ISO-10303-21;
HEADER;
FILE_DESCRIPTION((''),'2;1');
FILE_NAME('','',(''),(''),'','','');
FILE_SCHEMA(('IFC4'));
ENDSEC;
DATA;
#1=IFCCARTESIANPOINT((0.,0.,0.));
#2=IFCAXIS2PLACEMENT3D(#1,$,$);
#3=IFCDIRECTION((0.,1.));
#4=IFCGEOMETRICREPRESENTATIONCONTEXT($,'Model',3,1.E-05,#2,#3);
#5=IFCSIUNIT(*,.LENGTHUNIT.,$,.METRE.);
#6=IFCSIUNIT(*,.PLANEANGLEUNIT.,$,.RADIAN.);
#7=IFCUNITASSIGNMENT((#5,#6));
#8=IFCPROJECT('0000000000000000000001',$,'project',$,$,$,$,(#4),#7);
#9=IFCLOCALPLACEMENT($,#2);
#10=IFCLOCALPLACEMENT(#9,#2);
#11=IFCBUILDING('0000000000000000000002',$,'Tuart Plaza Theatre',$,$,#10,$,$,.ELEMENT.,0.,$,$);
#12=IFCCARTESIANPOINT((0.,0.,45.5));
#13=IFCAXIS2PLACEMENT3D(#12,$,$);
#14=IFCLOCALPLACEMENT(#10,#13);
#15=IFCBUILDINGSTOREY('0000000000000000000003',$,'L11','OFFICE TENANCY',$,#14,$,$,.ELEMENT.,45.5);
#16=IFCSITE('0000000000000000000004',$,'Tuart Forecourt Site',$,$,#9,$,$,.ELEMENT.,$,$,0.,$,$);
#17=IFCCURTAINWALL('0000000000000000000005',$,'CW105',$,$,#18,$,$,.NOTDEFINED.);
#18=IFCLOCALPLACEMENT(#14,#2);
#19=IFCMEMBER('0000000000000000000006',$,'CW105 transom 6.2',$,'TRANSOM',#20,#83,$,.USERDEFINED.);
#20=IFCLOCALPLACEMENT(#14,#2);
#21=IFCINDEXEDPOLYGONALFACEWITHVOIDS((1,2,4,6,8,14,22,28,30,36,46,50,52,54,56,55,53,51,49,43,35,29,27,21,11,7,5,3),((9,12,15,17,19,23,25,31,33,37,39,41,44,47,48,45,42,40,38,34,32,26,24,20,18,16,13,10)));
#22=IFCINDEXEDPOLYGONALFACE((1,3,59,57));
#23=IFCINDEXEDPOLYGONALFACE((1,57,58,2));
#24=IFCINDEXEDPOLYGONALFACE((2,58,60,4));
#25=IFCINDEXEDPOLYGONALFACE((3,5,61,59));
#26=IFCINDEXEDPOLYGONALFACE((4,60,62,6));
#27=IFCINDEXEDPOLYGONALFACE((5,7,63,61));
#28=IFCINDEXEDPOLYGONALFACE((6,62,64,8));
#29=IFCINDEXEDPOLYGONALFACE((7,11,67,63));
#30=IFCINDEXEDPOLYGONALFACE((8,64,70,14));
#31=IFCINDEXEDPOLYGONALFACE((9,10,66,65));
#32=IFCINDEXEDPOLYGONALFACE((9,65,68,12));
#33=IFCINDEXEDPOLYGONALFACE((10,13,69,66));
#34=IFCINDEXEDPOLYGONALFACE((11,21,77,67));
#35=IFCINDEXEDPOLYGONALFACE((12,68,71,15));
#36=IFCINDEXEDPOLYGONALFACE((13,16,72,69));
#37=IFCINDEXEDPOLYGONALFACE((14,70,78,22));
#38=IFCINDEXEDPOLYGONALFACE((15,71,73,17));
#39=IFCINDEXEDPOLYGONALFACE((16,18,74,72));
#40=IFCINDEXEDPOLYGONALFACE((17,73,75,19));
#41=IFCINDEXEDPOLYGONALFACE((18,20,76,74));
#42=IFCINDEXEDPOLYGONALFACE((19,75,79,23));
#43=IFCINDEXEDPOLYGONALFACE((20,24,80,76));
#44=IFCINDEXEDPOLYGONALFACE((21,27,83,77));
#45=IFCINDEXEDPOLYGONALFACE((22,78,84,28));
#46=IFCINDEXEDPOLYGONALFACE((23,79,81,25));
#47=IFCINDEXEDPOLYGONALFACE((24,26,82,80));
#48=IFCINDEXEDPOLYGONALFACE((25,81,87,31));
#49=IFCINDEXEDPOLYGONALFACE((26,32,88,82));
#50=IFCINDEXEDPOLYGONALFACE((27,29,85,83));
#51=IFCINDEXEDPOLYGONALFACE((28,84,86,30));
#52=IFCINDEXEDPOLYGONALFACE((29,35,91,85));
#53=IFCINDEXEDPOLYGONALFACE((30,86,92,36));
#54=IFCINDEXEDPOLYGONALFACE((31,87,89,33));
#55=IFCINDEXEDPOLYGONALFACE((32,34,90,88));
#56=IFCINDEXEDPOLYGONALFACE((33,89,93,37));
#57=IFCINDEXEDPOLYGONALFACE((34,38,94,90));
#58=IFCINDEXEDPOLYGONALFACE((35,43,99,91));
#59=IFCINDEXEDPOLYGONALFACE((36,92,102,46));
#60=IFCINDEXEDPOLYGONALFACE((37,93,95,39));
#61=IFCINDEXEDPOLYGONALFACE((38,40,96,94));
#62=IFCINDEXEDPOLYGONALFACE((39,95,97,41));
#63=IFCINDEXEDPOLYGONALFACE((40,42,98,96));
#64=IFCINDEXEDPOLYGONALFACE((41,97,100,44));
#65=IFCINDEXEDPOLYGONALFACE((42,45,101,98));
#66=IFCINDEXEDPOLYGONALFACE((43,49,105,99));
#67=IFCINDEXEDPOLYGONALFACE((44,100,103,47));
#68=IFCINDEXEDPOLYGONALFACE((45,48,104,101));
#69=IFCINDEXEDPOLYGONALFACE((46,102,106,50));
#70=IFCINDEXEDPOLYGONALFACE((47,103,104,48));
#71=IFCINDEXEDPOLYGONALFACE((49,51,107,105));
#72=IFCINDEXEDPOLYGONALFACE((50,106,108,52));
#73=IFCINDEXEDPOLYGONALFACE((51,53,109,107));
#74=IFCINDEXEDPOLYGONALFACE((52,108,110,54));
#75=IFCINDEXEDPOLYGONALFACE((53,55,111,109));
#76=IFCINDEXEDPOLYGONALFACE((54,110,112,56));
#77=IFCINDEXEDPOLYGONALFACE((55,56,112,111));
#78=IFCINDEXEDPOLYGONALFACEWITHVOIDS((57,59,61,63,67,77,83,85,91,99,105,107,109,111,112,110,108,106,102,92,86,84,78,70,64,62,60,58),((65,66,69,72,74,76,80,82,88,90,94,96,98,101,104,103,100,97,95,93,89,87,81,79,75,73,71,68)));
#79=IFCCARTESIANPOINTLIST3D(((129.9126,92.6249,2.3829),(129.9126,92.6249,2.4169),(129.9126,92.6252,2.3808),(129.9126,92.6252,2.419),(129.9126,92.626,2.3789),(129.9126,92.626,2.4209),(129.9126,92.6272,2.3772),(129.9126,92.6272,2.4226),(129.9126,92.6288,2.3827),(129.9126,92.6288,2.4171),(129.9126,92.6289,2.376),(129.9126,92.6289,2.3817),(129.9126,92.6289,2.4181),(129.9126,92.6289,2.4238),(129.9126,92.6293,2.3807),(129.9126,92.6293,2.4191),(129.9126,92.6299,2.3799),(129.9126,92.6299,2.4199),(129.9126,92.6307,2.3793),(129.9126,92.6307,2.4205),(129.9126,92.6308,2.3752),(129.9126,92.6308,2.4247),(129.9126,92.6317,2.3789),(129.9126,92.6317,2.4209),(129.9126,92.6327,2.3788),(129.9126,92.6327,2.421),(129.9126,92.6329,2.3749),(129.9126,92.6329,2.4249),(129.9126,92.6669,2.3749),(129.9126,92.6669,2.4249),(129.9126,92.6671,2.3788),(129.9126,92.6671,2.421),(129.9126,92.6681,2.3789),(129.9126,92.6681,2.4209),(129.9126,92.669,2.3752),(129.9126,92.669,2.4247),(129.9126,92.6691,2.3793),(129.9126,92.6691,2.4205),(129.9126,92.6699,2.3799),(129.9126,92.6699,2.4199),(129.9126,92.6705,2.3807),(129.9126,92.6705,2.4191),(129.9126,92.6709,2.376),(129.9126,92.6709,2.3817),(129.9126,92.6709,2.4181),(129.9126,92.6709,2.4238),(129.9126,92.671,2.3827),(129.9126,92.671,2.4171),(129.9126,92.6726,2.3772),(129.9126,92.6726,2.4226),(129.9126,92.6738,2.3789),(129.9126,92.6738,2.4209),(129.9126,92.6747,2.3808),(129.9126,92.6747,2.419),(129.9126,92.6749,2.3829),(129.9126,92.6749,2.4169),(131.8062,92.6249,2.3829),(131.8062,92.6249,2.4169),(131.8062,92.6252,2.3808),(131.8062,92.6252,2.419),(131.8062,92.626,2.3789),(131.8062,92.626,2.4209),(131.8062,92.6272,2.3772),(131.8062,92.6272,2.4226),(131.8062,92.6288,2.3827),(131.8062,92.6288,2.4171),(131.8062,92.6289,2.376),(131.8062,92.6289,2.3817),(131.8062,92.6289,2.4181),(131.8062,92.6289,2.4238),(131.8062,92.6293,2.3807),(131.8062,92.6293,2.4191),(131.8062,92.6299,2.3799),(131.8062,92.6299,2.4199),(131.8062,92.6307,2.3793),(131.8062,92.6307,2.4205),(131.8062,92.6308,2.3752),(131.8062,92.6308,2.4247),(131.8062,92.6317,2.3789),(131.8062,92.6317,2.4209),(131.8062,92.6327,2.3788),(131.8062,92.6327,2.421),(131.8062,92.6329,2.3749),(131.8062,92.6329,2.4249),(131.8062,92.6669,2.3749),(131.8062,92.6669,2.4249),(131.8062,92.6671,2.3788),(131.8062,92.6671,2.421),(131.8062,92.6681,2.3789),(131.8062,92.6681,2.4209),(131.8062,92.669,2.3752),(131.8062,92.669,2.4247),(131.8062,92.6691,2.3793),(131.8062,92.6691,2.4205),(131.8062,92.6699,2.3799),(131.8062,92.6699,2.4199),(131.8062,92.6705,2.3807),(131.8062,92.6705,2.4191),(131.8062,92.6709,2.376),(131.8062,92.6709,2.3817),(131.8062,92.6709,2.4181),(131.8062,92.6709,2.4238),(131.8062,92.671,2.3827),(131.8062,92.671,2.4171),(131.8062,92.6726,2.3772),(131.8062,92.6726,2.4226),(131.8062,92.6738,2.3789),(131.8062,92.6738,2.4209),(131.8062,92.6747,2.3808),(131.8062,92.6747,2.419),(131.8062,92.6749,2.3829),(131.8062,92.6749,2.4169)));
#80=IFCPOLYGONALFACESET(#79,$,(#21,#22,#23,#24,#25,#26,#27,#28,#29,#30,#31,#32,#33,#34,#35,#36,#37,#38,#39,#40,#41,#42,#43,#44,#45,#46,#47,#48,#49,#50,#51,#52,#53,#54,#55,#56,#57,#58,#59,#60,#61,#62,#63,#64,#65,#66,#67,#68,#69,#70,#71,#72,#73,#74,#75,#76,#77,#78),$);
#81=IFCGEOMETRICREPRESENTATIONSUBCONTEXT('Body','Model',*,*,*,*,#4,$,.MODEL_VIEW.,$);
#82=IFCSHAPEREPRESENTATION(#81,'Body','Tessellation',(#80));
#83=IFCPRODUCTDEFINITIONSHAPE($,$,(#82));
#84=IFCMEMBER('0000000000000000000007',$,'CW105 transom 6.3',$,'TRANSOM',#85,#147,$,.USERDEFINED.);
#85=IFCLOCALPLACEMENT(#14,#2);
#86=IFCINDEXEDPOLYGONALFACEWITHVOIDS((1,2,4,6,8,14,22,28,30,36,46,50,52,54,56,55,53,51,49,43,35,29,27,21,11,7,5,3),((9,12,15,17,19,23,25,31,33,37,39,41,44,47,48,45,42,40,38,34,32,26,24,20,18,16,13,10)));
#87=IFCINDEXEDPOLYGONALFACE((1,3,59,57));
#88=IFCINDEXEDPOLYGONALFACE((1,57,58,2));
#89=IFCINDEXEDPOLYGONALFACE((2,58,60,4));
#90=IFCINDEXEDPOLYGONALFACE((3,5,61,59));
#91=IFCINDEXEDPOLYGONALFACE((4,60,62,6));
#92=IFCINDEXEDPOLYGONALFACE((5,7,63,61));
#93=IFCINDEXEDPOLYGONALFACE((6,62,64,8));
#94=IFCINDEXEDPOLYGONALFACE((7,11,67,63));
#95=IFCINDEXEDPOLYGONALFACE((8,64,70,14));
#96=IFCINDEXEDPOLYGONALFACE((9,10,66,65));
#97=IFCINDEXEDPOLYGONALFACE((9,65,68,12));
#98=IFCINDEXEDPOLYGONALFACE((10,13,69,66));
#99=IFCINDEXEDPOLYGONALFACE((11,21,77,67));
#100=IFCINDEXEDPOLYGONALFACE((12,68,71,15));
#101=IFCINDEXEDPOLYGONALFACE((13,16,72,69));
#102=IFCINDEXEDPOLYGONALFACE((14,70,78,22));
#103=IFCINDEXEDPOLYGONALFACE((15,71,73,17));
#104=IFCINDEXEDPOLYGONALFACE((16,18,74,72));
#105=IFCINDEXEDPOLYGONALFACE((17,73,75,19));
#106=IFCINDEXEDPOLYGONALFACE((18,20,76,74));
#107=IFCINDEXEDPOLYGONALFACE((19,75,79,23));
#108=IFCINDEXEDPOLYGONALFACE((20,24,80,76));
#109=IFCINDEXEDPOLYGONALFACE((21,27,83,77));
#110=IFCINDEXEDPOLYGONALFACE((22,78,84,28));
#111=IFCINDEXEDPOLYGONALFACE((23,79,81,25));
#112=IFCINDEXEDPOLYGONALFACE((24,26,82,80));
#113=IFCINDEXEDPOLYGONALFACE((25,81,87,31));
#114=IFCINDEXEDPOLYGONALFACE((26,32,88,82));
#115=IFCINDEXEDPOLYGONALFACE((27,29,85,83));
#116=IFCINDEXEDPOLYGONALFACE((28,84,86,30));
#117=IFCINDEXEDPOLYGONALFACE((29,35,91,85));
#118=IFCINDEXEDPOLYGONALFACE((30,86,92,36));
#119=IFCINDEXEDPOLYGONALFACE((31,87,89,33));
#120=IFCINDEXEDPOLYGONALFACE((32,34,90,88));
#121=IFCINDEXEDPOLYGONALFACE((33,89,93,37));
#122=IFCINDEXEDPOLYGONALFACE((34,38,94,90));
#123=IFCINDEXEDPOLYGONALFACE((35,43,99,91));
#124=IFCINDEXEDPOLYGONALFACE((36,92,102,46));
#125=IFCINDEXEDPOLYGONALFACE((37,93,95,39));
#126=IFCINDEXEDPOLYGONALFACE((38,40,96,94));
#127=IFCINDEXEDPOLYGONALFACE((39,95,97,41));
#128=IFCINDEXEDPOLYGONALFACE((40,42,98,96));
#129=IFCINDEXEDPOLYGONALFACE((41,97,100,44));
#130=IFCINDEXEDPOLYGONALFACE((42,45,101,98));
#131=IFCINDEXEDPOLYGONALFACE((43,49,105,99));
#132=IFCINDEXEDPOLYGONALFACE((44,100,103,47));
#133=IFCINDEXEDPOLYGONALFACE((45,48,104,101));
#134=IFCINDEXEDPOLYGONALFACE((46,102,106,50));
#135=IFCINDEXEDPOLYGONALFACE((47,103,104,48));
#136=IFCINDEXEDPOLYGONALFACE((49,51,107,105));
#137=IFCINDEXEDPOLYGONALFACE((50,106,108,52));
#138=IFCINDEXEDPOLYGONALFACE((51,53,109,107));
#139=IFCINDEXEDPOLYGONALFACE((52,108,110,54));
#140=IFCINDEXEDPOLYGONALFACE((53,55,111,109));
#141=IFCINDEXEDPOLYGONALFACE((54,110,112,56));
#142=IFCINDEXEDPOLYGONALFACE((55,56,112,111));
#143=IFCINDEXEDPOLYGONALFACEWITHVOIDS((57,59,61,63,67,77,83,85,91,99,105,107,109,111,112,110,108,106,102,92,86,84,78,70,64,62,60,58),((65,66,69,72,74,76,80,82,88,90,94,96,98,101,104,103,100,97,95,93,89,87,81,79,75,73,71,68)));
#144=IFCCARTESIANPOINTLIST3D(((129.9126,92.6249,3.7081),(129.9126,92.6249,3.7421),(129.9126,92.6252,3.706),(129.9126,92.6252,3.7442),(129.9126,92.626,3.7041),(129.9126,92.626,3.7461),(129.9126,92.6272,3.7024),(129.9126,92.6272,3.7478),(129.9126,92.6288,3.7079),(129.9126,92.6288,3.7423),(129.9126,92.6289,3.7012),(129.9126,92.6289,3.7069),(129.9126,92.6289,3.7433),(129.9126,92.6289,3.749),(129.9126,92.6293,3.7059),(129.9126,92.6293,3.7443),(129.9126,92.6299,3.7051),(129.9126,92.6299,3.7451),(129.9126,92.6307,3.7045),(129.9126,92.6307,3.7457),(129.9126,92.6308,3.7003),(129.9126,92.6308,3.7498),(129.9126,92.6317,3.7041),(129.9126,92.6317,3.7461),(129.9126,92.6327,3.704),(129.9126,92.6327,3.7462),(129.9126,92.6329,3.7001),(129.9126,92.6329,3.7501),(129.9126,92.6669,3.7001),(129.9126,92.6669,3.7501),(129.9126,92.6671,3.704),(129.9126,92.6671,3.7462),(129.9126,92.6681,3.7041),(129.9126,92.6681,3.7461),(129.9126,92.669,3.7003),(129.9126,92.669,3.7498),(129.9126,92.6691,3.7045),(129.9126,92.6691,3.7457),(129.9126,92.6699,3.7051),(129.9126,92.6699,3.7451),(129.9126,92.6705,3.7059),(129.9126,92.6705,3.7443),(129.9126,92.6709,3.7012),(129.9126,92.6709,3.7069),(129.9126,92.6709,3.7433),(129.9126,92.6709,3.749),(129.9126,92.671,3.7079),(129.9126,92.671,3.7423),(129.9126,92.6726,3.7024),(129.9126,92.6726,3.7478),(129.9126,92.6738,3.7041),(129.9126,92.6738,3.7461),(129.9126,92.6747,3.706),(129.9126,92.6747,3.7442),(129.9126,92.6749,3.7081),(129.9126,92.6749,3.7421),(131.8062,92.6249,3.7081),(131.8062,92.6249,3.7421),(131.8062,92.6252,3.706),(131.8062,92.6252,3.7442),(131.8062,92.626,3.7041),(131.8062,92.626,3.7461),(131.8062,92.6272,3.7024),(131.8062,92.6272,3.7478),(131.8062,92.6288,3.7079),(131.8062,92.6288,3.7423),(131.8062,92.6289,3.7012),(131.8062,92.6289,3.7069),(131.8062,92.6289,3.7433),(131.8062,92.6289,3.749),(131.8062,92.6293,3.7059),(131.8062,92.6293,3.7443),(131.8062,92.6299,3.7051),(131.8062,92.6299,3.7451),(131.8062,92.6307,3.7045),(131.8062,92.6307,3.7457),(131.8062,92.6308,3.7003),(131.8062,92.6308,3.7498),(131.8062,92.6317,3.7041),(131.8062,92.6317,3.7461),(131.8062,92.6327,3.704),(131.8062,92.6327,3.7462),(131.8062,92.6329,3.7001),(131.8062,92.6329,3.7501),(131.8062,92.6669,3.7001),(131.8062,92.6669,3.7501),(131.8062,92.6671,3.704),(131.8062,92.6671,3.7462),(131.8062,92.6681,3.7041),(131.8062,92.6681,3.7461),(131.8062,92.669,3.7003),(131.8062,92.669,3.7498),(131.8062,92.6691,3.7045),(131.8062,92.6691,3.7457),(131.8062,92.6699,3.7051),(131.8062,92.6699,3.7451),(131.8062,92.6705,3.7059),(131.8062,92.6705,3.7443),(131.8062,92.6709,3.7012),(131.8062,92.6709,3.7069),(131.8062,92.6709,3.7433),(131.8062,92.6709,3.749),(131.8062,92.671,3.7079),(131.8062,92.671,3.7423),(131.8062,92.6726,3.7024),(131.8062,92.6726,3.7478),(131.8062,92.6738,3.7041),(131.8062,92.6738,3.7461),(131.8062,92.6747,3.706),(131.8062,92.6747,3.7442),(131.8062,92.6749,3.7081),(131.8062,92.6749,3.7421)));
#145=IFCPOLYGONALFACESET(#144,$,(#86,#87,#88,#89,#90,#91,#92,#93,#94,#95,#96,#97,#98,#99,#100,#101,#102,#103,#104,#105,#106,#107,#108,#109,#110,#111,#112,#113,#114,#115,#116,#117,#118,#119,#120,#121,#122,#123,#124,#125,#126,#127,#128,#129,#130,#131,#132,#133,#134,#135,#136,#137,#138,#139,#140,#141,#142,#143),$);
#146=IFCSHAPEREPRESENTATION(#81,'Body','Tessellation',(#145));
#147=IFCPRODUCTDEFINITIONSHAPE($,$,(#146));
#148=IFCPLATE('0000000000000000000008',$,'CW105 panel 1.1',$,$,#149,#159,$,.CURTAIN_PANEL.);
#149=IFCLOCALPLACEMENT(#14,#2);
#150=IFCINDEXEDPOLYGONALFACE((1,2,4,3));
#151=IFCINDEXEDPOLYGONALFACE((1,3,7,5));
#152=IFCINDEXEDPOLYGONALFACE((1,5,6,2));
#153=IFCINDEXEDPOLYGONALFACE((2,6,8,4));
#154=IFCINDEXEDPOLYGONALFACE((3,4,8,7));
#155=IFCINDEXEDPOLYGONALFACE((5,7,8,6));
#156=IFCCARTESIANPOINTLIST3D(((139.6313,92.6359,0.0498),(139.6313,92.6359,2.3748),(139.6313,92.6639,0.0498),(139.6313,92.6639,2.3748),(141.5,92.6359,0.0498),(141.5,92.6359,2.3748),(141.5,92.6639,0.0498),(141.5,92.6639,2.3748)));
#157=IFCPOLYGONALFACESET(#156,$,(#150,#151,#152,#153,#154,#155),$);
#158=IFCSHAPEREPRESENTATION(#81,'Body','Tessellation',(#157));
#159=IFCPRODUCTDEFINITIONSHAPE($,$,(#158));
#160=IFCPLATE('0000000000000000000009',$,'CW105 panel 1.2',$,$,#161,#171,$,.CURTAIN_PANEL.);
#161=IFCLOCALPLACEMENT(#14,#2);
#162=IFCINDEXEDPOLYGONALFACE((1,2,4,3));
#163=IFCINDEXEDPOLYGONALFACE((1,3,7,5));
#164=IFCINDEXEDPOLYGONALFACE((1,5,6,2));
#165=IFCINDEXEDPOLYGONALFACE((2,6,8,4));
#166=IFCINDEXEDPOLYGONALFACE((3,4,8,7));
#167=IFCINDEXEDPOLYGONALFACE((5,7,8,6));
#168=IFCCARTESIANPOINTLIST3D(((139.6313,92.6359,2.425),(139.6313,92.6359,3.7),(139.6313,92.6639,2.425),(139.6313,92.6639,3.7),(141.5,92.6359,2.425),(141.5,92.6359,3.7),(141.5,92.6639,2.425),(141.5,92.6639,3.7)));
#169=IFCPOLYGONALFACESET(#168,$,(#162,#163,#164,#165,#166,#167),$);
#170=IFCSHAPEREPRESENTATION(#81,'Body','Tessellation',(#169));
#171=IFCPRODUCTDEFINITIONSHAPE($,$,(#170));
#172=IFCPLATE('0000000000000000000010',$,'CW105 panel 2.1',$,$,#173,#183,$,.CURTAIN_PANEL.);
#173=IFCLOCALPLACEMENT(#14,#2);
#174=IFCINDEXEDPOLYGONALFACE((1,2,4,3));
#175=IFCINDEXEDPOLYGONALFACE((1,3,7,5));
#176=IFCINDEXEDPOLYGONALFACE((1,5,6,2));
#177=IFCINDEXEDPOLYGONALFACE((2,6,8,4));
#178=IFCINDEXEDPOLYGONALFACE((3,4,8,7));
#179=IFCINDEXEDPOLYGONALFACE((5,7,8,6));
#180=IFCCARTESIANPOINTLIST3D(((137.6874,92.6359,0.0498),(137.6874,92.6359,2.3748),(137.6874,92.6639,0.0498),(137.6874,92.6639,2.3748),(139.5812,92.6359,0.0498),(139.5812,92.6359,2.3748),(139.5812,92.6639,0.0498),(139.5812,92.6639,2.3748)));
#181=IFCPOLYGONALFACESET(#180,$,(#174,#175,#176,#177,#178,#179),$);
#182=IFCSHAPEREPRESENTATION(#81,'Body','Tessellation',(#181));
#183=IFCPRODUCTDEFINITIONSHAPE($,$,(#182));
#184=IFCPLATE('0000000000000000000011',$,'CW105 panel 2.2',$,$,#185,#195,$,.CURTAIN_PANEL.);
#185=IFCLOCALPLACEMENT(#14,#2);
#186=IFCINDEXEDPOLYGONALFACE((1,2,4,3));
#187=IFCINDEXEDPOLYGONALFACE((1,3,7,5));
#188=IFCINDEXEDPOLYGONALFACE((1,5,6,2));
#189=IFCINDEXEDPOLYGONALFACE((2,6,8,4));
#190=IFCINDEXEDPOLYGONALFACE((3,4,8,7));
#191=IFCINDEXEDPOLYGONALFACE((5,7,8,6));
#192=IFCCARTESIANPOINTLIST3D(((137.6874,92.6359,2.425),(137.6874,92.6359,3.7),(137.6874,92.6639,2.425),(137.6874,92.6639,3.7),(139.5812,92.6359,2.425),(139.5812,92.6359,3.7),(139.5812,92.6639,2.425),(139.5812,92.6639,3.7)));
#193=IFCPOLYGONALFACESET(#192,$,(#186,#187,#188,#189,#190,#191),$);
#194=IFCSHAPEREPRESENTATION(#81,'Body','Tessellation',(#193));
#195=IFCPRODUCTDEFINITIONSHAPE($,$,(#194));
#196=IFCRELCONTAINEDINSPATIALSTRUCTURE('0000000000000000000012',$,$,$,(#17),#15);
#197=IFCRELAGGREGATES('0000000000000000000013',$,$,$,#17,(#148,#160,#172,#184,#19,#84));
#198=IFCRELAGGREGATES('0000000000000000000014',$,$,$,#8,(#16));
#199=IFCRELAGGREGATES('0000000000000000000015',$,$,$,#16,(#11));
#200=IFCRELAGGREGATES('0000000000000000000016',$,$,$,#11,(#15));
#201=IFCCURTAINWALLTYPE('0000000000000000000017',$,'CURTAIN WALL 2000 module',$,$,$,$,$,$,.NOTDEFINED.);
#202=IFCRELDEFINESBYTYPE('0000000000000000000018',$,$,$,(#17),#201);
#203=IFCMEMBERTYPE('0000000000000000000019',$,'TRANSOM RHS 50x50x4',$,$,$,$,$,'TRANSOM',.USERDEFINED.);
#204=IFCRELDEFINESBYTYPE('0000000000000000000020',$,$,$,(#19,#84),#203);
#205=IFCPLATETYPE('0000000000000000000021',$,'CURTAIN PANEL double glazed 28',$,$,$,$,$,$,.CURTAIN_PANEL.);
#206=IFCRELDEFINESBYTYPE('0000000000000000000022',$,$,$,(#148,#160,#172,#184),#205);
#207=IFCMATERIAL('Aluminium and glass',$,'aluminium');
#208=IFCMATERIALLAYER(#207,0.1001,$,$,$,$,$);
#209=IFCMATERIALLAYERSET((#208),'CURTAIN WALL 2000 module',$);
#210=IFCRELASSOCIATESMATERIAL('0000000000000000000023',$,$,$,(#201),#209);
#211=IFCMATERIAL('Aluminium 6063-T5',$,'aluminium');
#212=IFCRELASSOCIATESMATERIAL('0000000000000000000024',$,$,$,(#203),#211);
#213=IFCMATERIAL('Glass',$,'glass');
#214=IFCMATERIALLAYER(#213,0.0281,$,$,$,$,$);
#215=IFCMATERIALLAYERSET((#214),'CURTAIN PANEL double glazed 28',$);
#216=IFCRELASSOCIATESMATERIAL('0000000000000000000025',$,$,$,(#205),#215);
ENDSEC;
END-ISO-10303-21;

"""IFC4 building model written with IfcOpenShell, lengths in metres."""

from ifc_helpers import new_model, si_unit, direction, frame, origin, origin_2d, place, context, subcontext, project, spatial, rectangle, hollow_rectangle, extrude, material, layer, layer_set, material_profile, profile_set, type_object, element, aggregate, save


model = new_model("IFC4")

# Units and contexts
model_context = context("Model", 3, precision=1e-05, world=origin(), true_north=direction((0.0, 1.0)))
body_context = subcontext(model_context, "Body", "Model", "MODEL_VIEW")
ifc_project = project(units=[si_unit("LENGTHUNIT", "METRE"), si_unit("PLANEANGLEUNIT", "RADIAN")], contexts=[model_context])

# Site, building, storey
site_placement = place(None, origin())
site = spatial("IfcSite", under=ifc_project, at=site_placement, Name="Tuart Forecourt Site", CompositionType="ELEMENT", RefElevation=0.0)
building_placement = place(site_placement, origin())
building = spatial("IfcBuilding", under=site, at=building_placement, Name="Tuart Plaza Theatre", CompositionType="ELEMENT", ElevationOfRefHeight=0.0)
storey_placement = place(building_placement, frame((0.0, 0.0, 45.5)))
storey = spatial("IfcBuildingStorey", under=building, at=storey_placement, Name="L11", Description="OFFICE TENANCY", CompositionType="ELEMENT", Elevation=45.5)

# Curtain wall, members, plates
ifc_material_1 = material(Name="Aluminium and glass", Category="aluminium")
ifc_layer_1 = layer(ifc_material_1, 0.1001)
ifc_layer_set_1 = layer_set([ifc_layer_1], Name="CURTAIN WALL 2000 module")
curtain_wall_type = type_object("IfcCurtainWallType", Name="CURTAIN WALL 2000 module", PredefinedType="NOTDEFINED", material=ifc_layer_set_1)
curtain_wall_placement = place(storey_placement, origin())
curtain_wall = element("IfcCurtainWall", 1, at=curtain_wall_placement, inside=storey, type_object=curtain_wall_type, Name="CW105", PredefinedType="NOTDEFINED")
ifc_material_2 = material(Name="Aluminium 6063-T5", Category="aluminium")
ifc_material_profile_1 = material_profile(ifc_material_2, hollow_rectangle(XDim=0.05, YDim=0.05, WallThickness=0.0039, InnerFilletRadius=0.0039, OuterFilletRadius=0.0081, at=origin_2d()), Name="RHS 50x50x4")
ifc_profile_set_1 = profile_set([ifc_material_profile_1], Name="Aluminium 6063-T5")
member_type_1 = type_object("IfcMemberType", Name="TRANSOM RHS 50x50x4", ElementType="TRANSOM", PredefinedType="USERDEFINED", material=ifc_profile_set_1)
member_1_placement = place(storey_placement, frame((131.8062, 92.6499, 2.3999), z_axis=(-1.0, 0.0, 0.0), x_axis=(0.0, -1.0, 0.0)))
member_1 = element("IfcMember", 2, at=member_1_placement, type_object=member_type_1, Name="CW105 transom 6.2", ObjectType="TRANSOM", PredefinedType="USERDEFINED", context=body_context, shape_type="SweptSolid", body=[
    extrude(hollow_rectangle(XDim=0.05, YDim=0.05, WallThickness=0.0039, InnerFilletRadius=0.0039, OuterFilletRadius=0.0081, at=origin_2d()), origin(), (0.0, 0.0, 1.0), 1.8936),
])
member_2_placement = place(storey_placement, frame((131.8062, 92.6499, 3.7251), z_axis=(-1.0, 0.0, 0.0), x_axis=(0.0, -1.0, 0.0)))
member_2 = element("IfcMember", 3, at=member_2_placement, type_object=member_type_1, Name="CW105 transom 6.3", ObjectType="TRANSOM", PredefinedType="USERDEFINED", context=body_context, shape_type="SweptSolid", body=[
    extrude(hollow_rectangle(XDim=0.05, YDim=0.05, WallThickness=0.0039, InnerFilletRadius=0.0039, OuterFilletRadius=0.0081, at=origin_2d()), origin(), (0.0, 0.0, 1.0), 1.8936),
])
ifc_material_3 = material(Name="Glass", Category="glass")
ifc_layer_2 = layer(ifc_material_3, 0.0281)
ifc_layer_set_2 = layer_set([ifc_layer_2], Name="CURTAIN PANEL double glazed 28")
plate_type = type_object("IfcPlateType", Name="CURTAIN PANEL double glazed 28", PredefinedType="CURTAIN_PANEL", material=ifc_layer_set_2)
plate_1_placement = place(storey_placement, frame((140.5657, 92.6499, 0.0498), z_axis=(0.0, 0.0, 1.0), x_axis=(-1.0, 0.0, 0.0)))
plate_1 = element("IfcPlate", 4, at=plate_1_placement, type_object=plate_type, Name="CW105 panel 1.1", PredefinedType="CURTAIN_PANEL", context=body_context, shape_type="SweptSolid", body=[
    extrude(rectangle(XDim=1.8687, YDim=0.0281, at=origin_2d()), origin(), (0.0, 0.0, 1.0), 2.325),
])
plate_2_placement = place(storey_placement, frame((140.5657, 92.6499, 2.425), z_axis=(0.0, 0.0, 1.0), x_axis=(-1.0, 0.0, 0.0)))
plate_2 = element("IfcPlate", 5, at=plate_2_placement, type_object=plate_type, Name="CW105 panel 1.2", PredefinedType="CURTAIN_PANEL", context=body_context, shape_type="SweptSolid", body=[
    extrude(rectangle(XDim=1.8687, YDim=0.0281, at=origin_2d()), origin(), (0.0, 0.0, 1.0), 1.2749),
])
plate_3_placement = place(storey_placement, frame((138.6343, 92.6499, 0.0498), z_axis=(0.0, 0.0, 1.0), x_axis=(-1.0, 0.0, 0.0)))
plate_3 = element("IfcPlate", 6, at=plate_3_placement, type_object=plate_type, Name="CW105 panel 2.1", PredefinedType="CURTAIN_PANEL", context=body_context, shape_type="SweptSolid", body=[
    extrude(rectangle(XDim=1.8938, YDim=0.0281, at=origin_2d()), origin(), (0.0, 0.0, 1.0), 2.325),
])
plate_4_placement = place(storey_placement, frame((138.6343, 92.6499, 2.425), z_axis=(0.0, 0.0, 1.0), x_axis=(-1.0, 0.0, 0.0)))
plate_4 = element("IfcPlate", 7, at=plate_4_placement, type_object=plate_type, Name="CW105 panel 2.2", PredefinedType="CURTAIN_PANEL", context=body_context, shape_type="SweptSolid", body=[
    extrude(rectangle(XDim=1.8938, YDim=0.0281, at=origin_2d()), origin(), (0.0, 0.0, 1.0), 1.2749),
])
aggregate(curtain_wall, [plate_1, plate_2, plate_3, plate_4, member_1, member_2])

save(model, "model.ifc")
